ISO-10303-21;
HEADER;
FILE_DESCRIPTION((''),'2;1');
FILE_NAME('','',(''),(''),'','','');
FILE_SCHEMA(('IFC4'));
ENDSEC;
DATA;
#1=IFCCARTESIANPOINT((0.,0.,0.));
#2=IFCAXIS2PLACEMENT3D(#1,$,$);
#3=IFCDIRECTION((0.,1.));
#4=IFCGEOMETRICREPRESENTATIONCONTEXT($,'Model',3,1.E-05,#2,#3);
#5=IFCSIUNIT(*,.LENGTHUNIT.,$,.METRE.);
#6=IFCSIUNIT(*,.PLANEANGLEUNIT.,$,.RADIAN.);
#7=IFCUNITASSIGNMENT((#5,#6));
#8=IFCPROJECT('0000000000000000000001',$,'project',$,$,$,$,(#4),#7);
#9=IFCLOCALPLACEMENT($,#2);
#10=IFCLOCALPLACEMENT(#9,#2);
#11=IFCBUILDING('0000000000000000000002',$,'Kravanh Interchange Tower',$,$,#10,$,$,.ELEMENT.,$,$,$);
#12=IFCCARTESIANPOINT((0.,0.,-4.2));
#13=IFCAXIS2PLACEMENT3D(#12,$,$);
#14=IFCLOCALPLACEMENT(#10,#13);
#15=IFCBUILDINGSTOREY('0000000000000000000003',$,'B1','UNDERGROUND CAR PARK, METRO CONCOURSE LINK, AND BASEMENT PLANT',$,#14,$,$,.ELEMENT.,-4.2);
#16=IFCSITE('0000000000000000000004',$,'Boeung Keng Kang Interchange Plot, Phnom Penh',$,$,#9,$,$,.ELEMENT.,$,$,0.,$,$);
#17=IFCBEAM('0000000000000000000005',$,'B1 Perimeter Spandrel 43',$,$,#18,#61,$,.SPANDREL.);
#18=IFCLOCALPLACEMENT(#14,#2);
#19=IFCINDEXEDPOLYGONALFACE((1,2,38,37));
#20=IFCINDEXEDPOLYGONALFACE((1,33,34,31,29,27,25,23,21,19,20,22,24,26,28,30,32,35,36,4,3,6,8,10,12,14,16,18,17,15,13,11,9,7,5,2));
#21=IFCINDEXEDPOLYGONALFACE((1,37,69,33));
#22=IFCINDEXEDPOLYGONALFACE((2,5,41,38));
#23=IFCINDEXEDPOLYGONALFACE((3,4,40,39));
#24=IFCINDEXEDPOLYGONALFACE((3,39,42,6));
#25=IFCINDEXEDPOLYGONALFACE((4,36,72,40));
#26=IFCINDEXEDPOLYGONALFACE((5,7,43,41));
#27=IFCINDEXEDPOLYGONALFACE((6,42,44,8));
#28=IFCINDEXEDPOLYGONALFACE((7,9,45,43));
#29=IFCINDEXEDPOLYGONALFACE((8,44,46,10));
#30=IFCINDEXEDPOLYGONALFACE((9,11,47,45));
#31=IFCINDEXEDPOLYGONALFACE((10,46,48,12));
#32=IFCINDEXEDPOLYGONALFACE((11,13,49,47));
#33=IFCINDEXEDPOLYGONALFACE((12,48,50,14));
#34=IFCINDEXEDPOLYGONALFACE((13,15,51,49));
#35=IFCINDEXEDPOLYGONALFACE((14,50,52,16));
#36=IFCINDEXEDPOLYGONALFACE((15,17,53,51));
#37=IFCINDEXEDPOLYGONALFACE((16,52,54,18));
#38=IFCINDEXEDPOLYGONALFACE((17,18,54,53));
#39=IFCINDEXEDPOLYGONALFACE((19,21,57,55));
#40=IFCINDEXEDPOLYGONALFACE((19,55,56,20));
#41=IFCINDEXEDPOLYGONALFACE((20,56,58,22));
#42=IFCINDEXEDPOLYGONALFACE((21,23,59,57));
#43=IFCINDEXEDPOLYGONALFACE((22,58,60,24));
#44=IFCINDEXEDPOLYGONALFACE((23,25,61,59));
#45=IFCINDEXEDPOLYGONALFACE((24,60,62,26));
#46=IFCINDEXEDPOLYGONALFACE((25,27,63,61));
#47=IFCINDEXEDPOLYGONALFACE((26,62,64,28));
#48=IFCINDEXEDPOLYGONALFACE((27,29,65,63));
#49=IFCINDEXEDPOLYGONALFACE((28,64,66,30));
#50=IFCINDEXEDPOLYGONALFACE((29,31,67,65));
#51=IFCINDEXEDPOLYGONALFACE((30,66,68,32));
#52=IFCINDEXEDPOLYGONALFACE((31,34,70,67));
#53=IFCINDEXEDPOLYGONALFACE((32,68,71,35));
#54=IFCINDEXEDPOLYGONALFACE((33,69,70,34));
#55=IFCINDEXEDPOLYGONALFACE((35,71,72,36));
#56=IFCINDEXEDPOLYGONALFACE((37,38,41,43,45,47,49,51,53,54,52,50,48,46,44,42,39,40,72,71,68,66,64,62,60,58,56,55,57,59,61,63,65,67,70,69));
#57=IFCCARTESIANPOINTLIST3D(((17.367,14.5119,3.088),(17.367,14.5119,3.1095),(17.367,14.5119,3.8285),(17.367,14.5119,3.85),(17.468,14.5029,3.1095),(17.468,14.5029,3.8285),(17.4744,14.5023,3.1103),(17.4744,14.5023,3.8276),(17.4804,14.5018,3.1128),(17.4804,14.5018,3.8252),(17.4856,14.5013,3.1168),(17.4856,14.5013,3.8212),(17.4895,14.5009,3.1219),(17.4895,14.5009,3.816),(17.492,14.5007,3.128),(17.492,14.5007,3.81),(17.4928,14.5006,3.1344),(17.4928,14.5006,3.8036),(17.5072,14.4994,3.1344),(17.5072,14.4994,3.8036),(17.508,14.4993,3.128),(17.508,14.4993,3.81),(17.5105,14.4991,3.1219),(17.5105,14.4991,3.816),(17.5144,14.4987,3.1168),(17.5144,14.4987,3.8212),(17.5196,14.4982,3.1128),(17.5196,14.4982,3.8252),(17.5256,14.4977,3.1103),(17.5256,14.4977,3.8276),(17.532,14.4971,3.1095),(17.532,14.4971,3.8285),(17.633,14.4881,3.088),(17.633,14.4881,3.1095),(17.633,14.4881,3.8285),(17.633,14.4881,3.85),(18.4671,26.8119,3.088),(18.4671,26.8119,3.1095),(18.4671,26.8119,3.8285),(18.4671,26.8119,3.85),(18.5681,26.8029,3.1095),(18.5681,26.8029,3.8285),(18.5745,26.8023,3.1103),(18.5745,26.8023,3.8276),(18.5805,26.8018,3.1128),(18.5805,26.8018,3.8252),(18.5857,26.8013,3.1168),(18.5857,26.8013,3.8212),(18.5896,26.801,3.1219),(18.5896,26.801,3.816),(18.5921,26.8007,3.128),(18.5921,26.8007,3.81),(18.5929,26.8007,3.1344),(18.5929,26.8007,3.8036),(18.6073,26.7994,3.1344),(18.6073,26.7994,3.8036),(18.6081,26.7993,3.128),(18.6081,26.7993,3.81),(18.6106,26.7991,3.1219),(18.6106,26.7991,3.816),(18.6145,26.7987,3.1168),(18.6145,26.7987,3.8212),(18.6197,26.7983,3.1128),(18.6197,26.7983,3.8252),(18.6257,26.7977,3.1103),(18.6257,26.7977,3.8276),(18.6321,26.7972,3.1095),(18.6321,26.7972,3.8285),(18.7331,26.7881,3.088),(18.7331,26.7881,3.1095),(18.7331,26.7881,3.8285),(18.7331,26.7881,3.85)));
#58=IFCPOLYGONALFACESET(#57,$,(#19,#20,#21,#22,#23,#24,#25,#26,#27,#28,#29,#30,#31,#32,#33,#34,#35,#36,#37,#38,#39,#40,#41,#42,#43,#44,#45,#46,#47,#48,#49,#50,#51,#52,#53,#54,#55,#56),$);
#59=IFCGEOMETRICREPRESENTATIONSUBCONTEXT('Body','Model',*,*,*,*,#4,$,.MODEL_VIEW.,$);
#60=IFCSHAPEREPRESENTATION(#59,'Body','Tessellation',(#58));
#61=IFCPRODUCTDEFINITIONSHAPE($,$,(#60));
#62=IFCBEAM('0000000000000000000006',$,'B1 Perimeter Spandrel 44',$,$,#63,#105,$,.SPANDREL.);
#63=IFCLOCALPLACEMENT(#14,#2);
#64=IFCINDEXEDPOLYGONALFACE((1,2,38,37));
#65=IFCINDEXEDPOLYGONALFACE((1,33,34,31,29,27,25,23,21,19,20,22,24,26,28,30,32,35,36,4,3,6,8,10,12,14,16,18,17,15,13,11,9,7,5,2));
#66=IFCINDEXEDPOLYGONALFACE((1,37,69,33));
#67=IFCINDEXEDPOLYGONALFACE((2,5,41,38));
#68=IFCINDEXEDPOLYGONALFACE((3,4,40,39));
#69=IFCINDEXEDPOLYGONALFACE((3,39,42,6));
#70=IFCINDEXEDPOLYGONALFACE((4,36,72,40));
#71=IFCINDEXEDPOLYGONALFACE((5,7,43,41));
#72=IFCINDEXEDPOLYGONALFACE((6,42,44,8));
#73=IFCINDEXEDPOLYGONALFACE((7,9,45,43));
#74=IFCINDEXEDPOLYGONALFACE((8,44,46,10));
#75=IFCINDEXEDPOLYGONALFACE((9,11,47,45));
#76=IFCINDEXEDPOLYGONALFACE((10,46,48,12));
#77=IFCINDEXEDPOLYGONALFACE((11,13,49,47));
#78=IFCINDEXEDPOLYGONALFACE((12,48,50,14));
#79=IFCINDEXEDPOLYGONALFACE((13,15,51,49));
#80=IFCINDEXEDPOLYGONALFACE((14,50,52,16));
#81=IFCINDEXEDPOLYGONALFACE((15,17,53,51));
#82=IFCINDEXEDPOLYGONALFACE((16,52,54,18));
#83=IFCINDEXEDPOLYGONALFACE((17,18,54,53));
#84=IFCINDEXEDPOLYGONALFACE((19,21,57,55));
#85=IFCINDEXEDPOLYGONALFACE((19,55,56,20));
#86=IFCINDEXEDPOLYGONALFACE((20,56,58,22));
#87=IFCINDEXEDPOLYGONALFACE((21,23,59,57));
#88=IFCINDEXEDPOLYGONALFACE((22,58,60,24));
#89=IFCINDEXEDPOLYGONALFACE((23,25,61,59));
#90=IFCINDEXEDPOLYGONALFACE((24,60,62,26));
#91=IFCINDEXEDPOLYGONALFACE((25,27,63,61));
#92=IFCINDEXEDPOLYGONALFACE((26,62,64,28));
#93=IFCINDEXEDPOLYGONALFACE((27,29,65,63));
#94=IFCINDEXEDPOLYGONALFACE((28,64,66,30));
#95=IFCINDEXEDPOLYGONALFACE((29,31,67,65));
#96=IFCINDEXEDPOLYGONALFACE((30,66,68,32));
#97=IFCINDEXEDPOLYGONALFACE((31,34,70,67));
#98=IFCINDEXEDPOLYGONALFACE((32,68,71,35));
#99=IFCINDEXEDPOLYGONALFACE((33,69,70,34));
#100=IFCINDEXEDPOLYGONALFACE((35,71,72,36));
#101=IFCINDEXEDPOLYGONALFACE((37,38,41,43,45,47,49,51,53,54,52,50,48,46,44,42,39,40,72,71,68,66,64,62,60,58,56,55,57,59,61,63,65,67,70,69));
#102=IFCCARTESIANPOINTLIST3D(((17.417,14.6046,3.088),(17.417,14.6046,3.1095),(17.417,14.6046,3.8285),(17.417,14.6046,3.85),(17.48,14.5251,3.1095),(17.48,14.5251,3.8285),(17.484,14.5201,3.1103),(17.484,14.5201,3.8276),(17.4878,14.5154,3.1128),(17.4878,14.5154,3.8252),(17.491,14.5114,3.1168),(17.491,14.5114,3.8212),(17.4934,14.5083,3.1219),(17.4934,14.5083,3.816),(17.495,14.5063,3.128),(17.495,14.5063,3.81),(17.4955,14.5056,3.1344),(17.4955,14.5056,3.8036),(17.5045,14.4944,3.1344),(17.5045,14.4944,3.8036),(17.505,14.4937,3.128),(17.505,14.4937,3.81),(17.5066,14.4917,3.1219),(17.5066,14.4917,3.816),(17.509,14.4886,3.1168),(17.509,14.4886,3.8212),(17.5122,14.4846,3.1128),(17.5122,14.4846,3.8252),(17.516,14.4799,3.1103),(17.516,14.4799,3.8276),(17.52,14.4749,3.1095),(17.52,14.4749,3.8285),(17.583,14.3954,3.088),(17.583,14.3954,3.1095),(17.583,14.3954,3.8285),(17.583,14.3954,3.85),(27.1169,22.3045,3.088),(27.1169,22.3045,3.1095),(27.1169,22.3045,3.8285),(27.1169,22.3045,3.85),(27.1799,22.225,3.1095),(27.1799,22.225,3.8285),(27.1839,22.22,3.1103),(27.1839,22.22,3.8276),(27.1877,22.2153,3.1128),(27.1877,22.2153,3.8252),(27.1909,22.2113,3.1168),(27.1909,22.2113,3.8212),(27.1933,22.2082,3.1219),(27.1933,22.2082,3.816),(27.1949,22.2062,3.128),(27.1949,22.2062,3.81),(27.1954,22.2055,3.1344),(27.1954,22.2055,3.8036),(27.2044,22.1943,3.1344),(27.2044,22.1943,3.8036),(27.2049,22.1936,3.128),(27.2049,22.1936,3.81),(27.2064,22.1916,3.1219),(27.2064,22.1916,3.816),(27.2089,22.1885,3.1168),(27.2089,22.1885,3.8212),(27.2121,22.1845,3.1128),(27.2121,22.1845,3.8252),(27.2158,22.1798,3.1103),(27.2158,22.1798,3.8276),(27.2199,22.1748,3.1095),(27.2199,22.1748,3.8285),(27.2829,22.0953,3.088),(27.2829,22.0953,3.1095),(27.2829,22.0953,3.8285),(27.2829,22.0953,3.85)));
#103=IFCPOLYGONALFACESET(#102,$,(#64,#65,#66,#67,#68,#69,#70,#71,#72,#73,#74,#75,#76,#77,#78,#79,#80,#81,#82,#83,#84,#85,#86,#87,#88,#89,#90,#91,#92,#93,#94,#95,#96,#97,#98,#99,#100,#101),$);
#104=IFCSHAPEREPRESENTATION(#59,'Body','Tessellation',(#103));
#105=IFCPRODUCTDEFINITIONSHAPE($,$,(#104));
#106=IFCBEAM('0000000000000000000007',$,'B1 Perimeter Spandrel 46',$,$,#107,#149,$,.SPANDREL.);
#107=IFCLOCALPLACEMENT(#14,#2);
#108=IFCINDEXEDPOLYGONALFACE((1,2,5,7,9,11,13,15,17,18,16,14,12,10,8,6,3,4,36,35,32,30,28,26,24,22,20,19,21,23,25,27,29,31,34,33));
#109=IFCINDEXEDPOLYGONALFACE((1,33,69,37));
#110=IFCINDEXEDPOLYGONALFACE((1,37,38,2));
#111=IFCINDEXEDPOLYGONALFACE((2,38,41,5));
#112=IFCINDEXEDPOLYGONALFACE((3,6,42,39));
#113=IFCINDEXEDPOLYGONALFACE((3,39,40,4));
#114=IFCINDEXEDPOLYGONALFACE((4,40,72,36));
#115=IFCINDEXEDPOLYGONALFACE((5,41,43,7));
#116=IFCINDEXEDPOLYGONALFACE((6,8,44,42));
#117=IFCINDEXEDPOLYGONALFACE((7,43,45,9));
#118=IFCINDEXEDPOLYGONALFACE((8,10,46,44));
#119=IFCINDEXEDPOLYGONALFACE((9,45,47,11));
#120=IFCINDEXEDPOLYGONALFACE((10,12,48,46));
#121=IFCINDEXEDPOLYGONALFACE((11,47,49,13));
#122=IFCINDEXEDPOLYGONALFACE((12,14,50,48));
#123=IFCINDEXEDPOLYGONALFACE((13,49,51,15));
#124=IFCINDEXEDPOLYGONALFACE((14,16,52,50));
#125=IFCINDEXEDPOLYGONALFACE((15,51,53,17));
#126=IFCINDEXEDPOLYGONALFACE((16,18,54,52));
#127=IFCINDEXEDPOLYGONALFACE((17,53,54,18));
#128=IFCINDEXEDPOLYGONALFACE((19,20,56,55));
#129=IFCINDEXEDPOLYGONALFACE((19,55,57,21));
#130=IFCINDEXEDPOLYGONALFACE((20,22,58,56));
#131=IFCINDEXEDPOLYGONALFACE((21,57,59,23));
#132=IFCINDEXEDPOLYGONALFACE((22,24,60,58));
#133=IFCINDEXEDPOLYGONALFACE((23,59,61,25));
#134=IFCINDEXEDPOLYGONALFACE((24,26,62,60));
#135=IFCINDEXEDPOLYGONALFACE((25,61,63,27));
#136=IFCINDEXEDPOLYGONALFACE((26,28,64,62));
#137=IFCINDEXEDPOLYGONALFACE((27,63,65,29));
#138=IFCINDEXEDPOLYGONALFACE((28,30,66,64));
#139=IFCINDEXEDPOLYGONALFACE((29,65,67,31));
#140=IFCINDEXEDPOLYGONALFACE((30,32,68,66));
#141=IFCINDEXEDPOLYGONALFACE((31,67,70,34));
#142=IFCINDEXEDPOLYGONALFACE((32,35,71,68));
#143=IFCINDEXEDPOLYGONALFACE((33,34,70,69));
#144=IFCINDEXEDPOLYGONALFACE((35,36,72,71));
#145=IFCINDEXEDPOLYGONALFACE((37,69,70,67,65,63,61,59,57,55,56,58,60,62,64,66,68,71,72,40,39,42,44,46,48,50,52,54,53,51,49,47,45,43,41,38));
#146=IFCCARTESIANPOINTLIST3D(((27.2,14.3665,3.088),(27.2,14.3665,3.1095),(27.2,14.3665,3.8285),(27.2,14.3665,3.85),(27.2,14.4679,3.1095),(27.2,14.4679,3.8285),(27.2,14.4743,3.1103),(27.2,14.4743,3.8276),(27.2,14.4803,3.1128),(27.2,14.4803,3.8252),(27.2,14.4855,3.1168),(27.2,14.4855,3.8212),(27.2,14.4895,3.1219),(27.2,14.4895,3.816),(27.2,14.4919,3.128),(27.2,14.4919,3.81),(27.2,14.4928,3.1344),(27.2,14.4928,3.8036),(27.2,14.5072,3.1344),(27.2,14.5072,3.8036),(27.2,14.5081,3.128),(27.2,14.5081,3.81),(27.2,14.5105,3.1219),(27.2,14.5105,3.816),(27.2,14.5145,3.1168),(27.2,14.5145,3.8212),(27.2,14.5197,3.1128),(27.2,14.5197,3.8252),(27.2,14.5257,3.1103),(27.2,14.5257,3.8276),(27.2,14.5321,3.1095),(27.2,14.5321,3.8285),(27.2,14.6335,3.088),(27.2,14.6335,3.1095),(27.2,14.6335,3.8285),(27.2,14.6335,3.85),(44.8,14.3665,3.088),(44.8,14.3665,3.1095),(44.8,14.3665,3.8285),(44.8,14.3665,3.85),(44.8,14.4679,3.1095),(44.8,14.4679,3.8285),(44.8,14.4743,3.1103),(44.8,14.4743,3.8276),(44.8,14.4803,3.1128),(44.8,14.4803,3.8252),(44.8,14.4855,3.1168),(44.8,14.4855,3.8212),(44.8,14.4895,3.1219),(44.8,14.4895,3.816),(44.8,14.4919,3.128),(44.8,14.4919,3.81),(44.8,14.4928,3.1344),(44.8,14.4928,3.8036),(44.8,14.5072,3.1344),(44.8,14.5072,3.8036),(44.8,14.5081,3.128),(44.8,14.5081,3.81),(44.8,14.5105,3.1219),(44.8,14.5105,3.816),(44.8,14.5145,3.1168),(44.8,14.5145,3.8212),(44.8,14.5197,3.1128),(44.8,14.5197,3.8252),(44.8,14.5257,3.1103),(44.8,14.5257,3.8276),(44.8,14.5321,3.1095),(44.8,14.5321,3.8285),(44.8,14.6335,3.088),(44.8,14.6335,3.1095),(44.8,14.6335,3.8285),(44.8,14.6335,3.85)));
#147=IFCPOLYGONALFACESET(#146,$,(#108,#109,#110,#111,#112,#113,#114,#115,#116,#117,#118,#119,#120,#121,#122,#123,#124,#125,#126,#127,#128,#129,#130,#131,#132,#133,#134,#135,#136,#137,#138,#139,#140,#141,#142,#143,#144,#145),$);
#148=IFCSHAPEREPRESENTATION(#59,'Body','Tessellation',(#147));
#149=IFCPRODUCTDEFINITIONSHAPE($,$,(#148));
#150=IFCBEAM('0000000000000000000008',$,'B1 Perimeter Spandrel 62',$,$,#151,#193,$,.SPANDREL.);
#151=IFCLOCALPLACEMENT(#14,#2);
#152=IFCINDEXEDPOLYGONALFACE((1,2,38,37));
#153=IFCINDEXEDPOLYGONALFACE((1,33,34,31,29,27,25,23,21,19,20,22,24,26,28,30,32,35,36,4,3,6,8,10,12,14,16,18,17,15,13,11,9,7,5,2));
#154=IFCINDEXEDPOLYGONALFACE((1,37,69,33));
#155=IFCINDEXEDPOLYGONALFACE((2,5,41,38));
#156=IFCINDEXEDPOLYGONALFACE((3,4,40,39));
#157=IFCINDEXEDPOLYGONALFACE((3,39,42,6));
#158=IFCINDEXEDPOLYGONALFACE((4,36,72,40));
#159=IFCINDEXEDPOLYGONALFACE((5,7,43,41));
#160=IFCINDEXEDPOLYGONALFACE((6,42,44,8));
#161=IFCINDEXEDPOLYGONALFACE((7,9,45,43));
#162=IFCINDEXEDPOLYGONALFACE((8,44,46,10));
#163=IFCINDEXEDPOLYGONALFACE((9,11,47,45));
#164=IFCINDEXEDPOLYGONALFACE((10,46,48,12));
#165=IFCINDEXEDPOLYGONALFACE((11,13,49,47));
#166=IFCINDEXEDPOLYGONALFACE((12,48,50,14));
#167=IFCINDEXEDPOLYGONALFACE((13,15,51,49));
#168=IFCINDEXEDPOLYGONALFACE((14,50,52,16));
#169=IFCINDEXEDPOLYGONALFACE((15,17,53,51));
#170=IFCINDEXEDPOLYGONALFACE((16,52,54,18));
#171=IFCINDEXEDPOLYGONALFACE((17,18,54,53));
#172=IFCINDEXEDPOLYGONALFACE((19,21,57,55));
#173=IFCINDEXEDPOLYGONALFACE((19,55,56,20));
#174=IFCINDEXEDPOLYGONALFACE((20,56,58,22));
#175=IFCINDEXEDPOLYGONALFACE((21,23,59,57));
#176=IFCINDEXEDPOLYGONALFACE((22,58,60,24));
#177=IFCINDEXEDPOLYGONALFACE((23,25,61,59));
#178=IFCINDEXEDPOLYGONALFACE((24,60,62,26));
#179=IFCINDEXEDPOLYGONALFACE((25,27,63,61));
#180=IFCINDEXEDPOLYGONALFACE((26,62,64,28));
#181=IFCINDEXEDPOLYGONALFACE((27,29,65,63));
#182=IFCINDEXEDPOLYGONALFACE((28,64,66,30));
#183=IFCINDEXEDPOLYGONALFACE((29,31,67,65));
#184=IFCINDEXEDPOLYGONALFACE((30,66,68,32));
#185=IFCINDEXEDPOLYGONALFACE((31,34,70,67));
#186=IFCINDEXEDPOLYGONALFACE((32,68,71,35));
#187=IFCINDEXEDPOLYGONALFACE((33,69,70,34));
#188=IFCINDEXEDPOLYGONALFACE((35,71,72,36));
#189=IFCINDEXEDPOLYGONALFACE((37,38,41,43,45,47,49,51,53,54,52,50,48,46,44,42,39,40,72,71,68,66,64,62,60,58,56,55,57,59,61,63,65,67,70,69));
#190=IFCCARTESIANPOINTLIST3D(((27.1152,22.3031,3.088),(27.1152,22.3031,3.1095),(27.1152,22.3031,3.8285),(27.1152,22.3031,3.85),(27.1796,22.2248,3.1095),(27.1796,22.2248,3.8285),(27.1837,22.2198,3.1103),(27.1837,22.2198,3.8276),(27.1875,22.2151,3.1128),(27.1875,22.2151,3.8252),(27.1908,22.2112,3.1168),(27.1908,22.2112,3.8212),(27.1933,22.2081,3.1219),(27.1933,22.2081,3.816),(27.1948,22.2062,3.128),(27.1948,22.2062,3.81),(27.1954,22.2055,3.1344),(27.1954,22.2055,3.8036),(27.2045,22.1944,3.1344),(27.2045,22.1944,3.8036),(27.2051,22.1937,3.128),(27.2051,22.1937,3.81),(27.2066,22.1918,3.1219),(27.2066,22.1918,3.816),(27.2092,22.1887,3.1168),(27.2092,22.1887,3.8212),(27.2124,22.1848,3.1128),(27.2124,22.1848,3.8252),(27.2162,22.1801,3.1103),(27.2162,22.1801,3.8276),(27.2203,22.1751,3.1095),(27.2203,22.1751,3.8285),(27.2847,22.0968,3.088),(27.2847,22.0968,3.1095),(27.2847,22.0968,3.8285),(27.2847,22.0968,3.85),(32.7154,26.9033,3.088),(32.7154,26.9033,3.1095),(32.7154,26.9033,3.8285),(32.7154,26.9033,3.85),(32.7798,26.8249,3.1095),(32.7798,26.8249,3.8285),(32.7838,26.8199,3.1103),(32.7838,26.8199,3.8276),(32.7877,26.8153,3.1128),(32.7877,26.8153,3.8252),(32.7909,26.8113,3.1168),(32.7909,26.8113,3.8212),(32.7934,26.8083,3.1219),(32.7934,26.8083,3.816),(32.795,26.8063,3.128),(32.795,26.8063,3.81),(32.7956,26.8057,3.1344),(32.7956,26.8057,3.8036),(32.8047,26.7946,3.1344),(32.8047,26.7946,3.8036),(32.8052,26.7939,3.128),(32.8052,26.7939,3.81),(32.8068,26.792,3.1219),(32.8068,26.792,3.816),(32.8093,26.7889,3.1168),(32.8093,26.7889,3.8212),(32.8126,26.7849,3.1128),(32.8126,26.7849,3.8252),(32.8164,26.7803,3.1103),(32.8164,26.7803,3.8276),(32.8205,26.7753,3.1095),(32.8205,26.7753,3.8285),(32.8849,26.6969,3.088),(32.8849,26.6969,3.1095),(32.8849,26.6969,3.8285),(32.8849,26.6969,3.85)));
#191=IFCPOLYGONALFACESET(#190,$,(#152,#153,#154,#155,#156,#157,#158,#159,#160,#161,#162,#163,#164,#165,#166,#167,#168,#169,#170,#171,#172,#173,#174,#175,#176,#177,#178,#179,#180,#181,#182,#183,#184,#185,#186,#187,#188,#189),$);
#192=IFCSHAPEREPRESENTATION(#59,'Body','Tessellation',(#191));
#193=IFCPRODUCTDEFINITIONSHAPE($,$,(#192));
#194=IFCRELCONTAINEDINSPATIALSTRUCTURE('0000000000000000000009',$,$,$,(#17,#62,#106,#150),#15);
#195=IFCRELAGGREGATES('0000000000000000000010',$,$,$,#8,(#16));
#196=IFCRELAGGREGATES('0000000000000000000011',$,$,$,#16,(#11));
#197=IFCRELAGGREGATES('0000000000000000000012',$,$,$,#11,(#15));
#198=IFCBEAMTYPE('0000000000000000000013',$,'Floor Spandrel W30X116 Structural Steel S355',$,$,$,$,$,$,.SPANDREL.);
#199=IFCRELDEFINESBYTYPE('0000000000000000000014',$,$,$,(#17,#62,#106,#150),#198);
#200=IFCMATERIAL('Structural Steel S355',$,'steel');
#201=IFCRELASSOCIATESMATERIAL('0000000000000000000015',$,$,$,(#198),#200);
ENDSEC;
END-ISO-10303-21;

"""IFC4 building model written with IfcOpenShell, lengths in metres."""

from ifc_helpers import new_model, si_unit, direction, frame, origin, origin_2d, place, context, subcontext, project, spatial, i_section, extrude, material, material_profile, profile_set, type_object, element, save


model = new_model("IFC4")

# Units and contexts
model_context = context("Model", 3, precision=1e-05, world=origin(), true_north=direction((0.0, 1.0)))
body_context = subcontext(model_context, "Body", "Model", "MODEL_VIEW")
ifc_project = project(units=[si_unit("LENGTHUNIT", "METRE"), si_unit("PLANEANGLEUNIT", "RADIAN")], contexts=[model_context])

# Site, building, storey
site_placement = place(None, origin())
site = spatial("IfcSite", under=ifc_project, at=site_placement, Name="Boeung Keng Kang Interchange Plot, Phnom Penh", CompositionType="ELEMENT", RefElevation=0.0)
building_placement = place(site_placement, origin())
building = spatial("IfcBuilding", under=site, at=building_placement, Name="Kravanh Interchange Tower", CompositionType="ELEMENT")
storey_placement = place(building_placement, frame((0.0, 0.0, -4.2)))
storey = spatial("IfcBuildingStorey", under=building, at=storey_placement, Name="B1", Description="UNDERGROUND CAR PARK, METRO CONCOURSE LINK, AND BASEMENT PLANT", CompositionType="ELEMENT", Elevation=-4.2)

# Beams
ifc_material_1 = material(Name="Structural Steel S355", Category="steel")
ifc_material_profile_1 = material_profile(ifc_material_1, i_section(OverallWidth=0.2671, OverallDepth=0.762, WebThickness=0.0144, FlangeThickness=0.0215, FilletRadius=0.0249, at=origin_2d()), Name="W30X116")
ifc_profile_set_1 = profile_set([ifc_material_profile_1], Name="Structural Steel S355")
beam_type_1 = type_object("IfcBeamType", Name="Floor Spandrel W30X116 Structural Steel S355", PredefinedType="SPANDREL", material=ifc_profile_set_1)
beam_1_placement = place(storey_placement, frame((17.5, 14.5, 3.469), z_axis=(0.089083, 0.996024, 0.0), x_axis=(-0.996024, 0.089083, 0.0)))
element("IfcBeam", 1, at=beam_1_placement, inside=storey, type_object=beam_type_1, Name="B1 Perimeter Spandrel 43", PredefinedType="SPANDREL", context=body_context, shape_type="SweptSolid", body=[
    extrude(i_section(OverallWidth=0.2671, OverallDepth=0.762, WebThickness=0.0144, FlangeThickness=0.0215, FilletRadius=0.0249, at=origin_2d()), origin(), (0.0, 0.0, 1.0), 12.3491),
])
beam_2_placement = place(storey_placement, frame((17.5, 14.5, 3.469), z_axis=(0.783227, 0.621736, 0.0), x_axis=(-0.621736, 0.783227, 0.0)))
element("IfcBeam", 2, at=beam_2_placement, inside=storey, type_object=beam_type_1, Name="B1 Perimeter Spandrel 44", PredefinedType="SPANDREL", context=body_context, shape_type="SweptSolid", body=[
    extrude(i_section(OverallWidth=0.2671, OverallDepth=0.762, WebThickness=0.0144, FlangeThickness=0.0215, FilletRadius=0.0249, at=origin_2d()), origin(), (0.0, 0.0, 1.0), 12.3845),
])
beam_3_placement = place(storey_placement, frame((27.2, 14.5, 3.469), z_axis=(1.0, 0.0, 0.0), x_axis=(0.0, 1.0, 0.0)))
element("IfcBeam", 3, at=beam_3_placement, inside=storey, type_object=beam_type_1, Name="B1 Perimeter Spandrel 46", PredefinedType="SPANDREL", context=body_context, shape_type="SweptSolid", body=[
    extrude(i_section(OverallWidth=0.2671, OverallDepth=0.762, WebThickness=0.0144, FlangeThickness=0.0215, FilletRadius=0.0249, at=origin_2d()), origin(), (0.0, 0.0, 1.0), 17.6001),
])
beam_4_placement = place(storey_placement, frame((27.2, 22.2, 3.469), z_axis=(0.772725, 0.634741, 0.0), x_axis=(-0.634741, 0.772725, 0.0)))
element("IfcBeam", 4, at=beam_4_placement, inside=storey, type_object=beam_type_1, Name="B1 Perimeter Spandrel 62", PredefinedType="SPANDREL", context=body_context, shape_type="SweptSolid", body=[
    extrude(i_section(OverallWidth=0.2671, OverallDepth=0.762, WebThickness=0.0144, FlangeThickness=0.0215, FilletRadius=0.0249, at=origin_2d()), origin(), (0.0, 0.0, 1.0), 7.2473),
])

save(model, "model.ifc")
